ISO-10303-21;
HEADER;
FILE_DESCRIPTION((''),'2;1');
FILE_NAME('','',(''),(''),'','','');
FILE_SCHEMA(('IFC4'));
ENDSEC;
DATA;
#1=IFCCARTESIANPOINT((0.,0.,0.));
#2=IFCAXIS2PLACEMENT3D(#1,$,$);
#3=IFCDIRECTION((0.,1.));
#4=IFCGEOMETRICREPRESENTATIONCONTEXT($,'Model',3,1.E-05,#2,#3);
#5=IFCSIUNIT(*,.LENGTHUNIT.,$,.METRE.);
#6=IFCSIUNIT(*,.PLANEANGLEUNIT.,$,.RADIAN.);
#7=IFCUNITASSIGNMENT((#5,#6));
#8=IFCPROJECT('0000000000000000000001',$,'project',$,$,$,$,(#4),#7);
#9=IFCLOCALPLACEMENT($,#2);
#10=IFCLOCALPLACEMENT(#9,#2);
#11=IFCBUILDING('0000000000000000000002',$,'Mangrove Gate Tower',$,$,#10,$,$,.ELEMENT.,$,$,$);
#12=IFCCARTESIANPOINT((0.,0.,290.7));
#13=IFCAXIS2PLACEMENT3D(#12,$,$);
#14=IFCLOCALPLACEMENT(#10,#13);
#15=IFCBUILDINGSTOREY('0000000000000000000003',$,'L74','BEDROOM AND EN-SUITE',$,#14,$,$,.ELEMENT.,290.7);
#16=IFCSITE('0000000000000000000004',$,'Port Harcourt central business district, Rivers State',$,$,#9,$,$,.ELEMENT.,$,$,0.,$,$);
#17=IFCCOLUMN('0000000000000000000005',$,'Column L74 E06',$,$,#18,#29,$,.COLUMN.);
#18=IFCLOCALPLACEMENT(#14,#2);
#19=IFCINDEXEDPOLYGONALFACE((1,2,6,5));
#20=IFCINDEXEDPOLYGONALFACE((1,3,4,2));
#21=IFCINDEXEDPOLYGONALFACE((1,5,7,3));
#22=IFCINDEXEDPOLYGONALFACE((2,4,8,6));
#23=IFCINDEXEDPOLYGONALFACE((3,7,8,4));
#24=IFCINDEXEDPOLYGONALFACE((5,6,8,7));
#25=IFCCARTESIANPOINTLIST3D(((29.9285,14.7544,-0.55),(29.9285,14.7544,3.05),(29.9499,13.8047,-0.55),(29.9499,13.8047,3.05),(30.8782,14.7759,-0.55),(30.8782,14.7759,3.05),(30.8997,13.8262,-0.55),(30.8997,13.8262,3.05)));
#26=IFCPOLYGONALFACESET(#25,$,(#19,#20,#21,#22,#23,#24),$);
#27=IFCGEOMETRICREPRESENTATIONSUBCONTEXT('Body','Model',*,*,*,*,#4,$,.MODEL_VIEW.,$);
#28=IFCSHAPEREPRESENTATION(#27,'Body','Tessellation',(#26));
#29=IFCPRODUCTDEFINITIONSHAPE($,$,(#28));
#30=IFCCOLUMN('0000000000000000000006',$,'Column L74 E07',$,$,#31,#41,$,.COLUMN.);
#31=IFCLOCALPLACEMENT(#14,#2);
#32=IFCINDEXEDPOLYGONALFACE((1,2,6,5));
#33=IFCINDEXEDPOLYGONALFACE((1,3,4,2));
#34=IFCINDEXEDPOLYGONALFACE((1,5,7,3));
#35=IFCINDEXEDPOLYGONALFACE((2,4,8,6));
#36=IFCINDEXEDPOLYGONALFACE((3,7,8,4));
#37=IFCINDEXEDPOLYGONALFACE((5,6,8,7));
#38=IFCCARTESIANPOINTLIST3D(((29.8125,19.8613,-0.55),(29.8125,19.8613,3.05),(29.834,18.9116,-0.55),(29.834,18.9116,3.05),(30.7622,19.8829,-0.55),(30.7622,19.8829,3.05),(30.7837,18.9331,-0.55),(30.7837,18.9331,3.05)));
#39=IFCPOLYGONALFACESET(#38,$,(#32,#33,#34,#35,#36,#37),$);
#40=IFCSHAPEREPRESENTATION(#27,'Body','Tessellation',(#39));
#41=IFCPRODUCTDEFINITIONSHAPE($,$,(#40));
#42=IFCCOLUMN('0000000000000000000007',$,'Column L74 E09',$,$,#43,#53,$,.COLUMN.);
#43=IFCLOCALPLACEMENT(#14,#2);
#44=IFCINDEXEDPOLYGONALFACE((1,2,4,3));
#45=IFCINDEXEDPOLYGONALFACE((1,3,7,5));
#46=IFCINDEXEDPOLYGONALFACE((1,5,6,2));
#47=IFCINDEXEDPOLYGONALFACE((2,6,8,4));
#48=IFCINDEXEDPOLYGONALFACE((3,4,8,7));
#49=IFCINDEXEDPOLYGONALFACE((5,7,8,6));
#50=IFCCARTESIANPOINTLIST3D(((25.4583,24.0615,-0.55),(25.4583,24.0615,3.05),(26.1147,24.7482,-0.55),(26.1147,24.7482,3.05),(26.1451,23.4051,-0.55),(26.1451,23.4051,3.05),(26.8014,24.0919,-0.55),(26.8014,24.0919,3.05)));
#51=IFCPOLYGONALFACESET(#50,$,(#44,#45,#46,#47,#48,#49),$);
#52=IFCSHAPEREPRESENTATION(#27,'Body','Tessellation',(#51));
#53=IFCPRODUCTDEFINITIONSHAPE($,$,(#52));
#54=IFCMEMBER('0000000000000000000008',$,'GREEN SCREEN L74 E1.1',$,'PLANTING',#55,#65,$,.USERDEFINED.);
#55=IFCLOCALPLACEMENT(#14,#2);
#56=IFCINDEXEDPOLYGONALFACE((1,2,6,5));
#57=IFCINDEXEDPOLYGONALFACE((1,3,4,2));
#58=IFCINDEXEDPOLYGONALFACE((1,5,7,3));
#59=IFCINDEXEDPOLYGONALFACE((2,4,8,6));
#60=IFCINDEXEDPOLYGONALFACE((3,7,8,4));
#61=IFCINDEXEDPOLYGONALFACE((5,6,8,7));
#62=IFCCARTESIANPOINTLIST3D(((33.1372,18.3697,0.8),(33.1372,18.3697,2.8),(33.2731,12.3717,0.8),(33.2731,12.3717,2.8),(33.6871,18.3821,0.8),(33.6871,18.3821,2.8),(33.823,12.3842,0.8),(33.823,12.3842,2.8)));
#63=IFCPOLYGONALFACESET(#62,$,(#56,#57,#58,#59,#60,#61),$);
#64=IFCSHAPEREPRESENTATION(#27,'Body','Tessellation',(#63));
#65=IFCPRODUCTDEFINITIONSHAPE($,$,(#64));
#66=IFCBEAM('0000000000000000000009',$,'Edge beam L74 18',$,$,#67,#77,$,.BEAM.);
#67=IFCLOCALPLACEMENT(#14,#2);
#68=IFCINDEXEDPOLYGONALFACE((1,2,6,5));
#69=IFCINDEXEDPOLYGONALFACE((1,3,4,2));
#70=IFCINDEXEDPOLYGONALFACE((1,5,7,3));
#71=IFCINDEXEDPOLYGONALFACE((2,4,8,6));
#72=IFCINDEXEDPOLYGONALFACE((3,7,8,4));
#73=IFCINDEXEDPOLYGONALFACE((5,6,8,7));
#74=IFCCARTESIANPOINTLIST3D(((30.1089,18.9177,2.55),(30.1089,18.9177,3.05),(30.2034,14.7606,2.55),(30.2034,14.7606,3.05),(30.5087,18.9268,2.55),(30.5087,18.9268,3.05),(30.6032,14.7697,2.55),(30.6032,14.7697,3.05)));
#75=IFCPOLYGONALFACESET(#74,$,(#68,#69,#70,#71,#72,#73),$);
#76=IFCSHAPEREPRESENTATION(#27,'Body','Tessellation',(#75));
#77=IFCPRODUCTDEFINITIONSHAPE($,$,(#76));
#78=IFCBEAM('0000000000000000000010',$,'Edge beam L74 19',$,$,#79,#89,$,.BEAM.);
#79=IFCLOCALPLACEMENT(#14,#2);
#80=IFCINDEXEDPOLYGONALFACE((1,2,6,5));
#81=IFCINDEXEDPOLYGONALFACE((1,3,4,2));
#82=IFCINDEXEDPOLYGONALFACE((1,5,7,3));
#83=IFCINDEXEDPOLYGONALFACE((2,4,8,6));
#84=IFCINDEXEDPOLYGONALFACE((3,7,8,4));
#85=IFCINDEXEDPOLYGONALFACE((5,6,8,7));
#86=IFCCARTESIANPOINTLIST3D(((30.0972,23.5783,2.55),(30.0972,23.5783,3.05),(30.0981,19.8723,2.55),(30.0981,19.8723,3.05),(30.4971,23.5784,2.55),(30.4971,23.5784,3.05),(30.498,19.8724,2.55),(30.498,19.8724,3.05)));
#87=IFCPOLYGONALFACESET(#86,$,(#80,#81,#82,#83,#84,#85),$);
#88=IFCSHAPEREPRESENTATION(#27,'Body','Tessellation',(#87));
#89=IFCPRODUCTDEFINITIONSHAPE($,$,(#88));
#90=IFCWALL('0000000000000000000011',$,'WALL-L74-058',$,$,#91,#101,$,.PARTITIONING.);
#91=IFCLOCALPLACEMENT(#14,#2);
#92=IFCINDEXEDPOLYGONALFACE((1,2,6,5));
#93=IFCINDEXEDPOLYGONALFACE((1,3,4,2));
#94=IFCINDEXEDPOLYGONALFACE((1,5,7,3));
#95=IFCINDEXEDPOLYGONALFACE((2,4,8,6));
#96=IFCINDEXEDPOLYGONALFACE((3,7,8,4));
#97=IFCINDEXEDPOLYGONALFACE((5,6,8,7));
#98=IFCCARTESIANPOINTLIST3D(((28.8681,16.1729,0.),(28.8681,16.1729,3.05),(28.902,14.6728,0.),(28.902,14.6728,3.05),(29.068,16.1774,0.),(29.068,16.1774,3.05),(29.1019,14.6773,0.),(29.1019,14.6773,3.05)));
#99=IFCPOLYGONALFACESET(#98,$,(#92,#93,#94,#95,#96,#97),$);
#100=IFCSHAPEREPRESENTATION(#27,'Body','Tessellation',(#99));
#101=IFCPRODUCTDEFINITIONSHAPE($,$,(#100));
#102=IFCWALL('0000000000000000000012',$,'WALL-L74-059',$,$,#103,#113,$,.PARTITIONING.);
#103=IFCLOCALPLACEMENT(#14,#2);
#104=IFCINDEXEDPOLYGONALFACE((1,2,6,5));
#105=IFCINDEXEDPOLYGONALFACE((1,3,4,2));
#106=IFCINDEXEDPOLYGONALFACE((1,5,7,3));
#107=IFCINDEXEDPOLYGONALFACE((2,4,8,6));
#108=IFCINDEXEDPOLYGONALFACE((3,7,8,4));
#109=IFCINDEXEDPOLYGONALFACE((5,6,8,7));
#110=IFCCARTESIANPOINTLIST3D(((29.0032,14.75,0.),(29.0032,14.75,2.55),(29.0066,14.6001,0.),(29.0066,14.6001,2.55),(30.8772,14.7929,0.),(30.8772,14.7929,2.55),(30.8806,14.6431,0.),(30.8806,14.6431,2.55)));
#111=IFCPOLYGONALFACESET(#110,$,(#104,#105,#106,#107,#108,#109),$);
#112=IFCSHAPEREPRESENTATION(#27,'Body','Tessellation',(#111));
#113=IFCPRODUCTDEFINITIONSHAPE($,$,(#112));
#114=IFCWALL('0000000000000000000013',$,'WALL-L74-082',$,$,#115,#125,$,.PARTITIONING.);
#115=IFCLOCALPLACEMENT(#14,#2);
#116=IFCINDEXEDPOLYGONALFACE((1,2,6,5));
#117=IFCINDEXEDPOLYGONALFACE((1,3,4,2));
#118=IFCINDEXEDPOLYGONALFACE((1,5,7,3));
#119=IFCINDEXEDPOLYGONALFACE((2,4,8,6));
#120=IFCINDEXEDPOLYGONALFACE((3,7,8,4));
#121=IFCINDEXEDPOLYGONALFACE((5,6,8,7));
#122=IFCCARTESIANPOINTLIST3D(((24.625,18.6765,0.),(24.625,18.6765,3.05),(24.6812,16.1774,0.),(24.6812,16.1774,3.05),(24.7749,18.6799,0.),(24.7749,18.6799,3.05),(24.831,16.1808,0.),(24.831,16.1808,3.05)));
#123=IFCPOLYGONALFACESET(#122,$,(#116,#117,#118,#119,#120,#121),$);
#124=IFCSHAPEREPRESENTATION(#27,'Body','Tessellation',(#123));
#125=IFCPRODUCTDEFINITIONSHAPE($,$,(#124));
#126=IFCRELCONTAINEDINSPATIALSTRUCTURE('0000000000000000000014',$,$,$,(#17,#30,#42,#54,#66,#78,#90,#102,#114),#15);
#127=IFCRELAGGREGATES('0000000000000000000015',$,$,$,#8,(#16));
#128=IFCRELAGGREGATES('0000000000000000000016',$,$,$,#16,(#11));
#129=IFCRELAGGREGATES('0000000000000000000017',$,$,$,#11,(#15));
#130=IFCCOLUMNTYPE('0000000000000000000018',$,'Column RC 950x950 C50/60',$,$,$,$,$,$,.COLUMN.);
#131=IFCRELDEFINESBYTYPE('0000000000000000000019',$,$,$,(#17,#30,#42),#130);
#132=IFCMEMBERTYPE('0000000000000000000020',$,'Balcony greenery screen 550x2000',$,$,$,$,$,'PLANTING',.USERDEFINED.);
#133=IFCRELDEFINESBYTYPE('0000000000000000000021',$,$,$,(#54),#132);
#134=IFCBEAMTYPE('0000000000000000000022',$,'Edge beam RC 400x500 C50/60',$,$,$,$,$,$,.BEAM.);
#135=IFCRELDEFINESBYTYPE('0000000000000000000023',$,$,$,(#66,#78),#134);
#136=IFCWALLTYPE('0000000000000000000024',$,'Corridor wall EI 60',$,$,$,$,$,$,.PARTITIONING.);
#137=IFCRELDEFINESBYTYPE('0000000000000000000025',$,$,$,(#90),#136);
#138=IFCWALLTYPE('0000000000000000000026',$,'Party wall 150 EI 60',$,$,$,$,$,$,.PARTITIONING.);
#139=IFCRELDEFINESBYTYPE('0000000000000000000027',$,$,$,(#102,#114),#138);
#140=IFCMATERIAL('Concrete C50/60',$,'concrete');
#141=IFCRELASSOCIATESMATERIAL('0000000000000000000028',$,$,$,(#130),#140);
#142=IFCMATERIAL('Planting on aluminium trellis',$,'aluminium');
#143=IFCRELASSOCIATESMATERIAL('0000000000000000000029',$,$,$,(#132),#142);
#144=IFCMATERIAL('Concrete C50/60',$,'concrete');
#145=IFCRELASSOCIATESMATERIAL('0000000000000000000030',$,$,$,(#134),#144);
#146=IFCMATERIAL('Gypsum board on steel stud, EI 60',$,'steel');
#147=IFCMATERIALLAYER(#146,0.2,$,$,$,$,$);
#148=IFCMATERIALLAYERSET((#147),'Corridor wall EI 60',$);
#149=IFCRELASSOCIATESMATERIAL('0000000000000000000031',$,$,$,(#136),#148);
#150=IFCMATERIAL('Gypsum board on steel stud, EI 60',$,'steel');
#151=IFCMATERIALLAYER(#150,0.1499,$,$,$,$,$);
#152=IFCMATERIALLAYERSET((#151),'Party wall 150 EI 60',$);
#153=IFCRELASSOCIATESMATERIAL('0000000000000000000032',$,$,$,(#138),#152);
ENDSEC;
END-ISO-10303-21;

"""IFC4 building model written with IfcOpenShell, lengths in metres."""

from ifc_helpers import new_model, si_unit, direction, frame, frame_2d, origin, origin_2d, place, context, subcontext, project, spatial, rectangle, extrude, material, layer, layer_set, material_profile, profile_set, type_object, element, save


model = new_model("IFC4")

# Units and contexts
model_context = context("Model", 3, precision=1e-05, world=origin(), true_north=direction((0.0, 1.0)))
body_context = subcontext(model_context, "Body", "Model", "MODEL_VIEW")
ifc_project = project(units=[si_unit("LENGTHUNIT", "METRE"), si_unit("PLANEANGLEUNIT", "RADIAN")], contexts=[model_context])

# Site, building, storey
site_placement = place(None, origin())
site = spatial("IfcSite", under=ifc_project, at=site_placement, Name="Port Harcourt central business district, Rivers State", CompositionType="ELEMENT", RefElevation=0.0)
building_placement = place(site_placement, origin())
building = spatial("IfcBuilding", under=site, at=building_placement, Name="Mangrove Gate Tower", CompositionType="ELEMENT")
storey_placement = place(building_placement, frame((0.0, 0.0, 290.7)))
storey = spatial("IfcBuildingStorey", under=building, at=storey_placement, Name="L74", Description="BEDROOM AND EN-SUITE", CompositionType="ELEMENT", Elevation=290.7)

# Columns
ifc_material_1 = material(Name="Concrete C50/60", Category="concrete")
ifc_material_profile_1 = material_profile(ifc_material_1, rectangle(XDim=0.95, YDim=0.95, at=origin_2d()))
ifc_profile_set_1 = profile_set([ifc_material_profile_1], Name="Concrete C50/60")
column_type = type_object("IfcColumnType", Name="Column RC 950x950 C50/60", PredefinedType="COLUMN", material=ifc_profile_set_1)
for number, where, z_axis, x_axis, name in (
    (1, (30.4141, 14.2903, -0.55), (0.0, 0.0, 1.0), (-0.02261, 0.999744, 0.0), "Column L74 E06"),
    (2, (30.2981, 19.3972, -0.55), (0.0, 0.0, 1.0), (-0.022708, 0.999742, 0.0), "Column L74 E07"),
    (3, (26.1299, 24.0767, -0.55), (0.0, 0.0, 1.0), (-0.72292, 0.690932, 0.0), "Column L74 E09"),
):
    element("IfcColumn", number, at=place(storey_placement, frame(where, z_axis=z_axis, x_axis=x_axis)), inside=storey, type_object=column_type, Name=name, PredefinedType="COLUMN", context=body_context, shape_type="SweptSolid", body=[
        extrude(rectangle(XDim=0.95, YDim=0.95, at=origin_2d()), origin(), (0.0, 0.0, 1.0), 3.6001),
    ])

# Member
ifc_material_2 = material(Name="Planting on aluminium trellis", Category="aluminium")
ifc_material_profile_2 = material_profile(ifc_material_2, rectangle(XDim=0.55, YDim=2.0, at=origin_2d()))
ifc_profile_set_2 = profile_set([ifc_material_profile_2], Name="Planting on aluminium trellis")
member_type = type_object("IfcMemberType", Name="Balcony greenery screen 550x2000", ElementType="PLANTING", PredefinedType="USERDEFINED", material=ifc_profile_set_2)
member_placement = place(storey_placement, frame((33.5481, 12.3779, 1.8), z_axis=(-0.022666, 0.999743, 0.0), x_axis=(-0.999743, -0.022666, 0.0)))
element("IfcMember", 4, at=member_placement, inside=storey, type_object=member_type, Name="GREEN SCREEN L74 E1.1", ObjectType="PLANTING", PredefinedType="USERDEFINED", context=body_context, shape_type="SweptSolid", body=[
    extrude(rectangle(XDim=0.55, YDim=2.0, at=origin_2d()), origin(), (0.0, 0.0, 1.0), 5.9995),
])

# Beams
ifc_material_3 = material(Name="Concrete C50/60", Category="concrete")
ifc_material_profile_3 = material_profile(ifc_material_3, rectangle(XDim=0.3999, YDim=0.5, at=origin_2d()))
ifc_profile_set_3 = profile_set([ifc_material_profile_3], Name="Concrete C50/60")
beam_type = type_object("IfcBeamType", Name="Edge beam RC 400x500 C50/60", PredefinedType="BEAM", material=ifc_profile_set_3)
beam_1_placement = place(storey_placement, frame((30.4033, 14.7651, 2.8), z_axis=(-0.022721, 0.999742, 0.0), x_axis=(-0.999742, -0.022721, 0.0)))
element("IfcBeam", 5, at=beam_1_placement, inside=storey, type_object=beam_type, Name="Edge beam L74 18", PredefinedType="BEAM", context=body_context, shape_type="SweptSolid", body=[
    extrude(rectangle(XDim=0.3999, YDim=0.5, at=origin_2d()), origin(), (0.0, 0.0, 1.0), 4.1582),
])
beam_2_placement = place(storey_placement, frame((30.2981, 19.8723, 2.8), z_axis=(-0.000264, 1.0, 0.0), x_axis=(-1.0, -0.000264, 0.0)))
element("IfcBeam", 6, at=beam_2_placement, inside=storey, type_object=beam_type, Name="Edge beam L74 19", PredefinedType="BEAM", context=body_context, shape_type="SweptSolid", body=[
    extrude(rectangle(XDim=0.3999, YDim=0.5, at=origin_2d()), origin(), (0.0, 0.0, 1.0), 3.7061),
])

# Walls
ifc_material_4 = material(Name="Gypsum board on steel stud, EI 60", Category="steel")
ifc_layer_1 = layer(ifc_material_4, 0.2)
ifc_layer_set_1 = layer_set([ifc_layer_1], Name="Corridor wall EI 60")
wall_type_1 = type_object("IfcWallType", Name="Corridor wall EI 60", PredefinedType="PARTITIONING", material=ifc_layer_set_1)
wall_1_placement = place(storey_placement, frame((29.002, 14.675, 0.0), z_axis=(0.0, 0.0, 1.0), x_axis=(-0.022618, 0.999744, 0.0)))
element("IfcWall", 7, at=wall_1_placement, inside=storey, type_object=wall_type_1, Name="WALL-L74-058", PredefinedType="PARTITIONING", context=body_context, shape_type="SweptSolid", body=[
    extrude(rectangle(XDim=1.5005, YDim=0.2, at=frame_2d((0.7502, 0.0))), origin(), (0.0, 0.0, 1.0), 3.05),
])
ifc_material_5 = material(Name="Gypsum board on steel stud, EI 60", Category="steel")
ifc_layer_2 = layer(ifc_material_5, 0.1499)
ifc_layer_set_2 = layer_set([ifc_layer_2], Name="Party wall 150 EI 60")
wall_type_2 = type_object("IfcWallType", Name="Party wall 150 EI 60", PredefinedType="PARTITIONING", material=ifc_layer_set_2)
wall_2_placement = place(storey_placement, frame((29.0049, 14.675, 0.0), z_axis=(0.0, 0.0, 1.0), x_axis=(0.999737, 0.022923, 0.0)))
element("IfcWall", 8, at=wall_2_placement, inside=storey, type_object=wall_type_2, Name="WALL-L74-059", PredefinedType="PARTITIONING", context=body_context, shape_type="SweptSolid", body=[
    extrude(rectangle(XDim=1.8745, YDim=0.1499, at=frame_2d((0.9373, 0.0))), origin(), (0.0, 0.0, 1.0), 2.55),
])
wall_3_placement = place(storey_placement, frame((24.7561, 16.179, 0.0), z_axis=(0.0, 0.0, 1.0), x_axis=(-0.022464, 0.999748, 0.0)))
element("IfcWall", 9, at=wall_3_placement, inside=storey, type_object=wall_type_2, Name="WALL-L74-082", PredefinedType="PARTITIONING", context=body_context, shape_type="SweptSolid", body=[
    extrude(rectangle(XDim=2.4998, YDim=0.1499, at=frame_2d((1.25, 0.0))), origin(), (0.0, 0.0, 1.0), 3.05),
])

save(model, "model.ifc")
